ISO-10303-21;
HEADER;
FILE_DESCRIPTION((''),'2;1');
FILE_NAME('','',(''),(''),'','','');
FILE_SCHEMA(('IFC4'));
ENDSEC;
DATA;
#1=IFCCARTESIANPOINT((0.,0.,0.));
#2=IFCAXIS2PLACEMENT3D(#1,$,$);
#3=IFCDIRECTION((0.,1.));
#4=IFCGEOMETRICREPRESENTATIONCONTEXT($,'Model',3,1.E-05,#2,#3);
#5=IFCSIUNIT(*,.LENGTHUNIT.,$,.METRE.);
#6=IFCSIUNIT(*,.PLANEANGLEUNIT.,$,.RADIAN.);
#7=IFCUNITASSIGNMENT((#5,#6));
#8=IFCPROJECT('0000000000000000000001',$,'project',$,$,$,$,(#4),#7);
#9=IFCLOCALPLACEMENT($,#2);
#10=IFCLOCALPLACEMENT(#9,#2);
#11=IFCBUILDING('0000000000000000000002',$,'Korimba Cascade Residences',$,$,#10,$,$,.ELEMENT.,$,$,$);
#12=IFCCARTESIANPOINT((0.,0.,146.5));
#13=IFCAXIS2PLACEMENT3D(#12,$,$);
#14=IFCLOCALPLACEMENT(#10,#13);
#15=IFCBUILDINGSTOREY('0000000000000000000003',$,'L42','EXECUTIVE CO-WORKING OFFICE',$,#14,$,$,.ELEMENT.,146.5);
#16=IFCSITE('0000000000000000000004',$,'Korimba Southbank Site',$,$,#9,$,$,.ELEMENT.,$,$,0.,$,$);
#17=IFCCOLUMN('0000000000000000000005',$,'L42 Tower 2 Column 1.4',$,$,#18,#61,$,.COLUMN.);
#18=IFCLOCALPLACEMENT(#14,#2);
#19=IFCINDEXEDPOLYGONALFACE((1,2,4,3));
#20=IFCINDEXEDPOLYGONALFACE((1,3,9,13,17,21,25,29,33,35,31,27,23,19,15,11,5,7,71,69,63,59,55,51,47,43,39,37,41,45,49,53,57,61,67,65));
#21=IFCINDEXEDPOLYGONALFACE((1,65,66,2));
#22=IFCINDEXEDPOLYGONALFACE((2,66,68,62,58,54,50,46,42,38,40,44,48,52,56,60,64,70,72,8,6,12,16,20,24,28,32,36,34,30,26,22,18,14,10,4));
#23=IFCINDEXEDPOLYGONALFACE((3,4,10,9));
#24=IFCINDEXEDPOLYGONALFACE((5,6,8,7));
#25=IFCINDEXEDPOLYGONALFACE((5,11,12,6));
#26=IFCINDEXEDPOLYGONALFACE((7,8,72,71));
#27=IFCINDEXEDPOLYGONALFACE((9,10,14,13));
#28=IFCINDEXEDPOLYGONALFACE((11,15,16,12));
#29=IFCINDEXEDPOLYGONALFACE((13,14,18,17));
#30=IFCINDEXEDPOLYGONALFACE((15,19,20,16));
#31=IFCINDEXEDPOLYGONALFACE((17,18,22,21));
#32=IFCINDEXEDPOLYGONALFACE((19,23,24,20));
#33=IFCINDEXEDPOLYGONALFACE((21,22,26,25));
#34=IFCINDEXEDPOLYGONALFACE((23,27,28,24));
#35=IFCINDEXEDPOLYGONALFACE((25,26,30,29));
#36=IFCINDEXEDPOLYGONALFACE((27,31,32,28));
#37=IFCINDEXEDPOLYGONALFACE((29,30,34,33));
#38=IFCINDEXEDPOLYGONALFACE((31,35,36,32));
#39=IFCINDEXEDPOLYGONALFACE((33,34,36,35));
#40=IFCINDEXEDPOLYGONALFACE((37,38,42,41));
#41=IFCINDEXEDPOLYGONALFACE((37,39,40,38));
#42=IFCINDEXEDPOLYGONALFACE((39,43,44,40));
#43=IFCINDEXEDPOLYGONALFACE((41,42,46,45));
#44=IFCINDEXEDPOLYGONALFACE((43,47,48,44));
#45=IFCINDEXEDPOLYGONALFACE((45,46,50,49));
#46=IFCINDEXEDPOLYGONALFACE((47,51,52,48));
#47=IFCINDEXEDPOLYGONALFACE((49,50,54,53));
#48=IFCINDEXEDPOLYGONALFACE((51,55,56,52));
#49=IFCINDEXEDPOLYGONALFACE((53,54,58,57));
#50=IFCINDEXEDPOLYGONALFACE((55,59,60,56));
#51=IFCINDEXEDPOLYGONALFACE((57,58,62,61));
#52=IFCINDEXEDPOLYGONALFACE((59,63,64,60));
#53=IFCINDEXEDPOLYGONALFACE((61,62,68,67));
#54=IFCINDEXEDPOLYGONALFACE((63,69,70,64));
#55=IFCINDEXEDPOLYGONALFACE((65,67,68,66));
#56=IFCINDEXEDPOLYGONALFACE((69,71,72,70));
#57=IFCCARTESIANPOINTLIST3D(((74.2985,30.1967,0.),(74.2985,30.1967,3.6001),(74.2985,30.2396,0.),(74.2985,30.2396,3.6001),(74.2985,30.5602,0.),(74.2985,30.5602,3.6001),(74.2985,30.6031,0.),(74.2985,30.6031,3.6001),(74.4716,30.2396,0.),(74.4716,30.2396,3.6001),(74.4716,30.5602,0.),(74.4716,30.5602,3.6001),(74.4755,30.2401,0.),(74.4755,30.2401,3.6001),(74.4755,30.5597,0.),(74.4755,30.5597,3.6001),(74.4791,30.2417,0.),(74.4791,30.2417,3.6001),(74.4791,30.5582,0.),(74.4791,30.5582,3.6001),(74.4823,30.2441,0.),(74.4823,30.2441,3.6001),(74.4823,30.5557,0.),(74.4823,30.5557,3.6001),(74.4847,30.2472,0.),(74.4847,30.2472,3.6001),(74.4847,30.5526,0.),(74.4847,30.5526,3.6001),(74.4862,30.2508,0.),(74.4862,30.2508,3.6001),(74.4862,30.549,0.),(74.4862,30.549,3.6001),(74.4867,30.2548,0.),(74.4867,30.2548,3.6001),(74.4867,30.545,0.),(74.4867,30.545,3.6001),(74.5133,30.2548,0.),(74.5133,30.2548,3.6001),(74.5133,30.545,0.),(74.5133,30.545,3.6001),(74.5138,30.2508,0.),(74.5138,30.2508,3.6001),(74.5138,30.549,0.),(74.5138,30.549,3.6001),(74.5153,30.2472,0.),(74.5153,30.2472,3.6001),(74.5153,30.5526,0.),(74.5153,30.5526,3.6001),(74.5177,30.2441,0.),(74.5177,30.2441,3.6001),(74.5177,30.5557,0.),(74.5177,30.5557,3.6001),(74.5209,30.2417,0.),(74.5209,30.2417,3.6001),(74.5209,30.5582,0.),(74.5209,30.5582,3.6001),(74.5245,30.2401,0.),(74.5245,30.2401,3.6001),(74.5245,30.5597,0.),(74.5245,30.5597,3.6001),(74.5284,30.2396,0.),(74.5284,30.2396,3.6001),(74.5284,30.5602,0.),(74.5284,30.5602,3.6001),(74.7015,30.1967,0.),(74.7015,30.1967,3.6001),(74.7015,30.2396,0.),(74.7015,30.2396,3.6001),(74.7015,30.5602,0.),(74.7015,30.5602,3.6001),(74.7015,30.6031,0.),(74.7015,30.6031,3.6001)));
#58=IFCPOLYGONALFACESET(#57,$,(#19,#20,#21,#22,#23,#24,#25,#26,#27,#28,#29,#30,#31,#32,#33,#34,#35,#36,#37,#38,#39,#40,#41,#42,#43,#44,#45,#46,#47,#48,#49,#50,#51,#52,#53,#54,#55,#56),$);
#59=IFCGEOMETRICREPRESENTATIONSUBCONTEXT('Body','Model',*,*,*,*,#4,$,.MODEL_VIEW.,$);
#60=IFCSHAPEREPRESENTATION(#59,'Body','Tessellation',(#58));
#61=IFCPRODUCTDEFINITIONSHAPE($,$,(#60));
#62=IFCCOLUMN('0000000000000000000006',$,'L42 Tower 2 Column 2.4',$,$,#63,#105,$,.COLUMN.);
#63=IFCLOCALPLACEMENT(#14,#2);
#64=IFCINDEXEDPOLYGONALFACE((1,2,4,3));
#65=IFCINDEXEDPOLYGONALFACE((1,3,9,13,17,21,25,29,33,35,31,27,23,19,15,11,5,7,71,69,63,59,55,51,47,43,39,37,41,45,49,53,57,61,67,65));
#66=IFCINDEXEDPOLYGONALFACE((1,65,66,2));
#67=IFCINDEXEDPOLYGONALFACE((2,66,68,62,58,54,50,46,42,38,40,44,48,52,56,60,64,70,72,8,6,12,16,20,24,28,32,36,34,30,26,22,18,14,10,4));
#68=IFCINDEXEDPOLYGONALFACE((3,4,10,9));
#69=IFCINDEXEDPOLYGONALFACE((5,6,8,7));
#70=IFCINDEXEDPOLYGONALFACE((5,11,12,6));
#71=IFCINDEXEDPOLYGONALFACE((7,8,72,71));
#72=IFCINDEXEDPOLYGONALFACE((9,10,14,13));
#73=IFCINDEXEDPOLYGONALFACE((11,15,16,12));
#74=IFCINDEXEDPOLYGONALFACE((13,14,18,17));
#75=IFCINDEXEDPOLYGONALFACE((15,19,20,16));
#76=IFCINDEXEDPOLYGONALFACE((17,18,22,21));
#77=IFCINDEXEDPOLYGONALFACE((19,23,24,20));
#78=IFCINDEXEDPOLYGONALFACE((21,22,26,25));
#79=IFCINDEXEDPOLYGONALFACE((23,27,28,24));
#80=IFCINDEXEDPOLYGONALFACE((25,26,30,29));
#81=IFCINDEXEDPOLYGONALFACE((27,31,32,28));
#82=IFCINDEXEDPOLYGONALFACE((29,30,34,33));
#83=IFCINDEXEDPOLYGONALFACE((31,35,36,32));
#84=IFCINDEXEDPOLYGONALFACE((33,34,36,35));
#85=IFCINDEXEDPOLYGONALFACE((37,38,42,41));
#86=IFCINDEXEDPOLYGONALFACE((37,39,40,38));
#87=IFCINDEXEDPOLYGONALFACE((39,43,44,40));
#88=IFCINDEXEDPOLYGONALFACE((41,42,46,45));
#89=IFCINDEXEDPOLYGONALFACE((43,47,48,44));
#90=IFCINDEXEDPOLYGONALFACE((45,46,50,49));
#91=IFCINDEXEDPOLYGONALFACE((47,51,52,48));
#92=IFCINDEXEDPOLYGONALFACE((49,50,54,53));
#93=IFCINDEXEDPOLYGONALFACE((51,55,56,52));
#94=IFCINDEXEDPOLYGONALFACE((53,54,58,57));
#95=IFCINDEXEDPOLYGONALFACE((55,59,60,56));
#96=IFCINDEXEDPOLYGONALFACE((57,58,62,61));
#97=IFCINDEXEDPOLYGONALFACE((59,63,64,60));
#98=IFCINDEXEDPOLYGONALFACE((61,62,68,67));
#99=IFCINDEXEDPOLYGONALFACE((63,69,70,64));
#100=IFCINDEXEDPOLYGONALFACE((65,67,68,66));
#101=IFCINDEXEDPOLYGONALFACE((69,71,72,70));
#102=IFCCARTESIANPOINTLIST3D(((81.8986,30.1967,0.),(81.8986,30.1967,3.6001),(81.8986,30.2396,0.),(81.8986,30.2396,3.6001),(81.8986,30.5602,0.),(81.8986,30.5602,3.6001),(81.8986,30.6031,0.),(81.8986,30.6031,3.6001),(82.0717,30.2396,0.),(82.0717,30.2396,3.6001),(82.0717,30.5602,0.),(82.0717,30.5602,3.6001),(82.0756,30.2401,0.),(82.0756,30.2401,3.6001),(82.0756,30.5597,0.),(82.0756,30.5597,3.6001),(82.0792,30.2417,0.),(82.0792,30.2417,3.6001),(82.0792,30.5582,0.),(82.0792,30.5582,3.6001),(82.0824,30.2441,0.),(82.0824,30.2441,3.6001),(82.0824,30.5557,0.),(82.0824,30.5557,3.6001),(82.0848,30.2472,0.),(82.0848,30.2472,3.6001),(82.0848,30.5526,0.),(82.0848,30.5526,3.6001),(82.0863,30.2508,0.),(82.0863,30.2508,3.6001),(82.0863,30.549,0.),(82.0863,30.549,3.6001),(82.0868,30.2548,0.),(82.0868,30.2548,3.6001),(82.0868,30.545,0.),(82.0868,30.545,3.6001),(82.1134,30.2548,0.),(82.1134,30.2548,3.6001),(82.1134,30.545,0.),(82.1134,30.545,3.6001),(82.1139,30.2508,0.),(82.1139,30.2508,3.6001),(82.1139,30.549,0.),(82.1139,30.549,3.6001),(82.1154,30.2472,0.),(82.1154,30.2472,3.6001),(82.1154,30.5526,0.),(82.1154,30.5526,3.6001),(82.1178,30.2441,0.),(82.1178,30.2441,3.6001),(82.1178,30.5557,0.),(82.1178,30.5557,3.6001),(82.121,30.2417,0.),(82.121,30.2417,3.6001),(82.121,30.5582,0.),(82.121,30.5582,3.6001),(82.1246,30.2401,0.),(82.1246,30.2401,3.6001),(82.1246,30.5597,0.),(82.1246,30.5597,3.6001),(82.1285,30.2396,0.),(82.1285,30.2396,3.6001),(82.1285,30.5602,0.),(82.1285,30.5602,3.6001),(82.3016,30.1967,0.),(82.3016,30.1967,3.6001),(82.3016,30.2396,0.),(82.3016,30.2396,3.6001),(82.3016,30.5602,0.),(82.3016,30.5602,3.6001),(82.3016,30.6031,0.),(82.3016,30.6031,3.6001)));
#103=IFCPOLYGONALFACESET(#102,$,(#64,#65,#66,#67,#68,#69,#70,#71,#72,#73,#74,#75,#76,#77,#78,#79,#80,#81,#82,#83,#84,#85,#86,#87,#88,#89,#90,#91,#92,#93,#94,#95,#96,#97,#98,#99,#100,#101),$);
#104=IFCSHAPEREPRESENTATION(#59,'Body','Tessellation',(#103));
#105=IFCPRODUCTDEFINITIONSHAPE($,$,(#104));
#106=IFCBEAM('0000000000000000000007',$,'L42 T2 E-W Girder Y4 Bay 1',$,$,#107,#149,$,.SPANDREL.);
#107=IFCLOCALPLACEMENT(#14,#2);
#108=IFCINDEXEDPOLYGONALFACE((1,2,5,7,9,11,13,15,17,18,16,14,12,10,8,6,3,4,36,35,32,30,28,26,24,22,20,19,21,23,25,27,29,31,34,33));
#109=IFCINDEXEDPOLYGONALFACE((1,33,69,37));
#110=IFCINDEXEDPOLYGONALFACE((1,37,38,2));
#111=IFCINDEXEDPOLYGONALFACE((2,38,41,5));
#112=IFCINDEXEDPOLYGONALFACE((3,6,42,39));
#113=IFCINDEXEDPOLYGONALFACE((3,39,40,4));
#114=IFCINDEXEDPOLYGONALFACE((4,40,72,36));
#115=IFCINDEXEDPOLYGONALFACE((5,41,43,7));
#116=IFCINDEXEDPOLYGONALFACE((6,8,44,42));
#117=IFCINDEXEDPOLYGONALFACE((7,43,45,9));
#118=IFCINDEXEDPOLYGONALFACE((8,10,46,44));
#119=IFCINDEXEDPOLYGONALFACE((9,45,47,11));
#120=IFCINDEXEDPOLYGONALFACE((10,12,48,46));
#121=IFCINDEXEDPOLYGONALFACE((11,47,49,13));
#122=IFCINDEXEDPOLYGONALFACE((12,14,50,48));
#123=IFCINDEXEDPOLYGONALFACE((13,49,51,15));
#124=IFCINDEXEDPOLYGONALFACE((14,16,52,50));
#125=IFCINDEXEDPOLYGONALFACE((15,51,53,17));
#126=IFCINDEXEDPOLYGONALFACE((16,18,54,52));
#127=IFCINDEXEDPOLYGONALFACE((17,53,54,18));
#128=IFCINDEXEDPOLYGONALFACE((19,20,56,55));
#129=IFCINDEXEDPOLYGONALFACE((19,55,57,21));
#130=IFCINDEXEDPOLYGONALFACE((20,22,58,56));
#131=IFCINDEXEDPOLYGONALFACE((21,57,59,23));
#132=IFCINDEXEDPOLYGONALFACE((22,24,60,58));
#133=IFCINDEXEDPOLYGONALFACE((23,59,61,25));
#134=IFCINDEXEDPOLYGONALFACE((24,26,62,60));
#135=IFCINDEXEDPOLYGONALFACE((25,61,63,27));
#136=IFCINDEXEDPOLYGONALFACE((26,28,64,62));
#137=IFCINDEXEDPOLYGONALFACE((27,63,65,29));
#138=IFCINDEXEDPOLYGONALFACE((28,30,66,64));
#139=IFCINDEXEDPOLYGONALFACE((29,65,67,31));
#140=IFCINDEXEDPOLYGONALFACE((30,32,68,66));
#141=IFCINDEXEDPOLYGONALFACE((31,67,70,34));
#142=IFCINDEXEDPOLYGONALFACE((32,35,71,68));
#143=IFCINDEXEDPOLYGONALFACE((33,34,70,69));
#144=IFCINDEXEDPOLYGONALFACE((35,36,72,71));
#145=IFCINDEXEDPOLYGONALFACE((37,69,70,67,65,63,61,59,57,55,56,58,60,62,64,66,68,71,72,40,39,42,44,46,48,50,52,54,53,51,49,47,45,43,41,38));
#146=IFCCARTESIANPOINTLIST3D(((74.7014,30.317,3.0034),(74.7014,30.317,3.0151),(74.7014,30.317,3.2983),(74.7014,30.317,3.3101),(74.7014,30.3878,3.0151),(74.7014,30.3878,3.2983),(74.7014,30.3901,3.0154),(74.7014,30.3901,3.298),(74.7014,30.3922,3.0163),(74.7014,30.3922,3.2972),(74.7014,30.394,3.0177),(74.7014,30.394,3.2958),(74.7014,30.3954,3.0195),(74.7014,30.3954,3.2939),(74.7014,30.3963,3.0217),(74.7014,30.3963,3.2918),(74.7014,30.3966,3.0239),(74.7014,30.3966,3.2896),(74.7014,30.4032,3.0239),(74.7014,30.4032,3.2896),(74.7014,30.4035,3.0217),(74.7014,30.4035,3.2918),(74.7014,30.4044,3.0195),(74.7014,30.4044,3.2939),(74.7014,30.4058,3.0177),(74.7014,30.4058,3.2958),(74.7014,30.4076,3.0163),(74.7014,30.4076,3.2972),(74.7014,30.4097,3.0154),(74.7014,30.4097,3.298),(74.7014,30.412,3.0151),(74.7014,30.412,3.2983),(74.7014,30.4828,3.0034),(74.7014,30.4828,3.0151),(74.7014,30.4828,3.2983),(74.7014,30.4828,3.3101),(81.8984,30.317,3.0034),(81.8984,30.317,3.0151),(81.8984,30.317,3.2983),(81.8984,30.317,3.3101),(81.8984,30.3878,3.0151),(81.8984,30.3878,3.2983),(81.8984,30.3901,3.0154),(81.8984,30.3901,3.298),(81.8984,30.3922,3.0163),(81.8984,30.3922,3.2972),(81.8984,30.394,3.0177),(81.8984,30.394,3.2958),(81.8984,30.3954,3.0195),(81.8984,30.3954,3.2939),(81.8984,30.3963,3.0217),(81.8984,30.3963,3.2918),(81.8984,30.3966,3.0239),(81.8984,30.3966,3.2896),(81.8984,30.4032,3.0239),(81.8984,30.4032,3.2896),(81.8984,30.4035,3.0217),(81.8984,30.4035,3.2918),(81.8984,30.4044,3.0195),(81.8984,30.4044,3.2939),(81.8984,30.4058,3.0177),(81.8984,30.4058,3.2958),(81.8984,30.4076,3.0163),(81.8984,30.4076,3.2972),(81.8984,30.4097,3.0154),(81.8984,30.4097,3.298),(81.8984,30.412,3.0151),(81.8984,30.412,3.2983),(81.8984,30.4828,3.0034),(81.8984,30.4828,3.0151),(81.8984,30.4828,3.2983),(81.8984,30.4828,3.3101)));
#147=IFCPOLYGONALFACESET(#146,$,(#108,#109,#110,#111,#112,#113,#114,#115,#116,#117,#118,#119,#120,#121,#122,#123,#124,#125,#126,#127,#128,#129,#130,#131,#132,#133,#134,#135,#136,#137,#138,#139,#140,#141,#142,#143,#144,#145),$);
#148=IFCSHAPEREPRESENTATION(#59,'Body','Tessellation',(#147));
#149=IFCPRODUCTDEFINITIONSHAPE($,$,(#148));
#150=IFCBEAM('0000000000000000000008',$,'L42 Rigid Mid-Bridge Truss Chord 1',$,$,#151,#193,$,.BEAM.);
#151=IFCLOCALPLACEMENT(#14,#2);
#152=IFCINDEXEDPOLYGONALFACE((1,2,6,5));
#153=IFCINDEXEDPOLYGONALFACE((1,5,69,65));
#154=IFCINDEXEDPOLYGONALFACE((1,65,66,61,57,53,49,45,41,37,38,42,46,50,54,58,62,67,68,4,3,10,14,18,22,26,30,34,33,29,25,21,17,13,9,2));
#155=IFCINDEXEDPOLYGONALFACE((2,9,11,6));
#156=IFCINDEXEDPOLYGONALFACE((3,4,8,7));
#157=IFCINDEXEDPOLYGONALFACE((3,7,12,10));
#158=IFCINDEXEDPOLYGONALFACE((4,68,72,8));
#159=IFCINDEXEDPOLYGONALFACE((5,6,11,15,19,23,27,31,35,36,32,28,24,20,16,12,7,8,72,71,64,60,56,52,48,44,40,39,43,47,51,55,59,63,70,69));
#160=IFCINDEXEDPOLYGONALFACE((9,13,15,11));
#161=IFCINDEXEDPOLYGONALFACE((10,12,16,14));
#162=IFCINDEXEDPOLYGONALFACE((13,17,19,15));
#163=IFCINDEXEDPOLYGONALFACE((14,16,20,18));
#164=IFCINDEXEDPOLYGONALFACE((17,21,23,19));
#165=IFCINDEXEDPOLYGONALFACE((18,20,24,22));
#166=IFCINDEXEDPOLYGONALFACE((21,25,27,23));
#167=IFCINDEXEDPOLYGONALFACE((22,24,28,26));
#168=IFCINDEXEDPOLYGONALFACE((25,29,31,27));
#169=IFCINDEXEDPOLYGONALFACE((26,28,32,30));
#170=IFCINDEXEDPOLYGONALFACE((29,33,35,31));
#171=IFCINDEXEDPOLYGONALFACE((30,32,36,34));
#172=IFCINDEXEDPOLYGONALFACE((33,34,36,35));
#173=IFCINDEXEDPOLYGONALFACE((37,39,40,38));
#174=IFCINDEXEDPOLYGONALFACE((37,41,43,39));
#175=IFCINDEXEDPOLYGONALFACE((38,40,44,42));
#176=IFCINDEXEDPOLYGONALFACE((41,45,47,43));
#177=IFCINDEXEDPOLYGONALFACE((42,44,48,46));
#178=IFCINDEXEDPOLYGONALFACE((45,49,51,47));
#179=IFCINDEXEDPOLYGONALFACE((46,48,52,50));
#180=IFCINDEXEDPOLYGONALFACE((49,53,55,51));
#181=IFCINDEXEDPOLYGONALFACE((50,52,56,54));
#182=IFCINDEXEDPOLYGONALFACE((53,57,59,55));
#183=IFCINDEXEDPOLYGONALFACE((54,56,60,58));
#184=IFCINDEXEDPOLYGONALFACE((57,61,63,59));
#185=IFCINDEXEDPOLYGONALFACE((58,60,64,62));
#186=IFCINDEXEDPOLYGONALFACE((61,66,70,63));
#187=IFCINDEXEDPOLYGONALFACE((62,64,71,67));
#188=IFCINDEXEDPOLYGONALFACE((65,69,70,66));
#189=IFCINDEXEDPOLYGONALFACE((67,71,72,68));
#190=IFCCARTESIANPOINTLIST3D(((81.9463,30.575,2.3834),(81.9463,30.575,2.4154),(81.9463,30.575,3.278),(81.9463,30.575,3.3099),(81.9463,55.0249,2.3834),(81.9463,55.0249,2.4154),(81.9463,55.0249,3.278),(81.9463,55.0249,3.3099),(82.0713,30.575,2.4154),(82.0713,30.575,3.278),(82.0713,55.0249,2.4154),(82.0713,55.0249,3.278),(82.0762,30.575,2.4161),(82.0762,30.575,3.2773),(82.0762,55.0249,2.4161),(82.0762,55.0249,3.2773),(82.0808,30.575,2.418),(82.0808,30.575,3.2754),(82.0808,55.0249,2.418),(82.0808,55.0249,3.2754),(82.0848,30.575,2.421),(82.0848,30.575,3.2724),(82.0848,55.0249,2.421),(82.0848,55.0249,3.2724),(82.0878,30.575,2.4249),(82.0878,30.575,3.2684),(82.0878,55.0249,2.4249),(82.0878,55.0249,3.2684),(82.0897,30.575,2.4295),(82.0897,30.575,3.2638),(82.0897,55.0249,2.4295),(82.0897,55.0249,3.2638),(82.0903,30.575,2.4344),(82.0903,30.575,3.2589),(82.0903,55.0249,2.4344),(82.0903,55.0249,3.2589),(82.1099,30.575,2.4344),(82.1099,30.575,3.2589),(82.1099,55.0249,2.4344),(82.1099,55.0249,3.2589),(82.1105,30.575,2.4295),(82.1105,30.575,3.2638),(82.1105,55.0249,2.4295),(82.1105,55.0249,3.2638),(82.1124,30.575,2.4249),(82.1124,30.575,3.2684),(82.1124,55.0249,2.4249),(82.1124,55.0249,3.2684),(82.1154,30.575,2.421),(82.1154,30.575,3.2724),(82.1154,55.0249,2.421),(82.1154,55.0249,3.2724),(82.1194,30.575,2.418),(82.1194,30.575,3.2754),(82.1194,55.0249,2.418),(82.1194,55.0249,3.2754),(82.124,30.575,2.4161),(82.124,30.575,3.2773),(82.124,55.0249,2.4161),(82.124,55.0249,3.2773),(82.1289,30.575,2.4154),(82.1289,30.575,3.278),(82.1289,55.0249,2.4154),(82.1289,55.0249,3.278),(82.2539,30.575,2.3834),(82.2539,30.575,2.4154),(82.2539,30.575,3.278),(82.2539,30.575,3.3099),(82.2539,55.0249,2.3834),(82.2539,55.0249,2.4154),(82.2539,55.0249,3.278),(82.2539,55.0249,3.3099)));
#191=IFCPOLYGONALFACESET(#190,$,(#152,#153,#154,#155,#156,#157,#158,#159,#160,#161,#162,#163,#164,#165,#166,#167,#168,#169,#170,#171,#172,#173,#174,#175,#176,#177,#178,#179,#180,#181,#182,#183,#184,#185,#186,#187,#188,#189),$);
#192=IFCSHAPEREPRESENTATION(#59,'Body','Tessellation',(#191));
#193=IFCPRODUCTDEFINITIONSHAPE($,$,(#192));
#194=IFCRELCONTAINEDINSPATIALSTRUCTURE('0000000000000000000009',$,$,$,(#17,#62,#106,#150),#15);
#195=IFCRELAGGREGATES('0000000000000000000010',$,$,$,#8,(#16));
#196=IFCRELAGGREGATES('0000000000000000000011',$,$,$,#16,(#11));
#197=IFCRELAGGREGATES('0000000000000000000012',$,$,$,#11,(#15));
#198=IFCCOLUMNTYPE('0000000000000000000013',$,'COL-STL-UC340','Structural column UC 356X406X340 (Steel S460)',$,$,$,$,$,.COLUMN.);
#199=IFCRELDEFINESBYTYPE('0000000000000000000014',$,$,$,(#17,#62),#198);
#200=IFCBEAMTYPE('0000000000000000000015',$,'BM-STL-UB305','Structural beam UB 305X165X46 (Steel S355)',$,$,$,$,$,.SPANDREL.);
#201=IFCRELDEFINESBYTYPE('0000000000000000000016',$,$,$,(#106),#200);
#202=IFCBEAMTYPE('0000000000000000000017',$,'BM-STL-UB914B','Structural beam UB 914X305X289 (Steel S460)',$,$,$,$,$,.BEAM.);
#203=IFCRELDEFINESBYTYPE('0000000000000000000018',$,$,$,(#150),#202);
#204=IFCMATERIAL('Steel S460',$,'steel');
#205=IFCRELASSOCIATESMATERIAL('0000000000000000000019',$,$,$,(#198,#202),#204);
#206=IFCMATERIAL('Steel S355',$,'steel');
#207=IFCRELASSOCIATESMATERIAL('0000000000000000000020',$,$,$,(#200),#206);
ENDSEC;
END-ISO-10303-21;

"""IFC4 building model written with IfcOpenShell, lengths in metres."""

from ifc_helpers import new_model, si_unit, direction, frame, origin, origin_2d, place, context, subcontext, project, spatial, i_section, extrude, material, material_profile, profile_set, type_object, element, save


model = new_model("IFC4")

# Units and contexts
model_context = context("Model", 3, precision=1e-05, world=origin(), true_north=direction((0.0, 1.0)))
body_context = subcontext(model_context, "Body", "Model", "MODEL_VIEW")
ifc_project = project(units=[si_unit("LENGTHUNIT", "METRE"), si_unit("PLANEANGLEUNIT", "RADIAN")], contexts=[model_context])

# Site, building, storey
site_placement = place(None, origin())
site = spatial("IfcSite", under=ifc_project, at=site_placement, Name="Korimba Southbank Site", CompositionType="ELEMENT", RefElevation=0.0)
building_placement = place(site_placement, origin())
building = spatial("IfcBuilding", under=site, at=building_placement, Name="Korimba Cascade Residences", CompositionType="ELEMENT")
storey_placement = place(building_placement, frame((0.0, 0.0, 146.5)))
storey = spatial("IfcBuildingStorey", under=building, at=storey_placement, Name="L42", Description="EXECUTIVE CO-WORKING OFFICE", CompositionType="ELEMENT", Elevation=146.5)

# Columns
ifc_material_1 = material(Name="Steel S460", Category="steel")
ifc_material_profile_1 = material_profile(ifc_material_1, i_section(OverallWidth=0.4031, OverallDepth=0.4065, WebThickness=0.0266, FlangeThickness=0.043, FilletRadius=0.0151, at=origin_2d()), Name="Steel S460")
ifc_profile_set_1 = profile_set([ifc_material_profile_1], Name="Steel S460")
column_type = type_object("IfcColumnType", Name="COL-STL-UC340", Description="Structural column UC 356X406X340 (Steel S460)", PredefinedType="COLUMN", material=ifc_profile_set_1)
for number, where, z_axis, x_axis, name in (
    (1, (74.5, 30.3999, 0.0), (0.0, 0.0, 1.0), (1.0, 0.0, 0.0), "L42 Tower 2 Column 1.4"),
    (2, (82.1001, 30.3999, 0.0), (0.0, 0.0, 1.0), (1.0, 0.0, 0.0), "L42 Tower 2 Column 2.4"),
):
    element("IfcColumn", number, at=place(storey_placement, frame(where, z_axis=z_axis, x_axis=x_axis)), inside=storey, type_object=column_type, Name=name, PredefinedType="COLUMN", context=body_context, shape_type="SweptSolid", body=[
        extrude(i_section(OverallWidth=0.4031, OverallDepth=0.4065, WebThickness=0.0266, FlangeThickness=0.043, FilletRadius=0.0151, at=origin_2d()), origin(), (0.0, 0.0, 1.0), 3.6001),
    ])

# Beams
ifc_material_2 = material(Name="Steel S355", Category="steel")
ifc_material_profile_2 = material_profile(ifc_material_2, i_section(OverallWidth=0.1658, OverallDepth=0.3066, WebThickness=0.0066, FlangeThickness=0.0117, FilletRadius=0.0088, at=origin_2d()), Name="Steel S355")
ifc_profile_set_2 = profile_set([ifc_material_profile_2], Name="Steel S355")
beam_type_1 = type_object("IfcBeamType", Name="BM-STL-UB305", Description="Structural beam UB 305X165X46 (Steel S355)", PredefinedType="SPANDREL", material=ifc_profile_set_2)
beam_1_placement = place(storey_placement, frame((74.7014, 30.3999, 3.1567), z_axis=(1.0, 0.0, 0.0), x_axis=(0.0, 1.0, 0.0)))
element("IfcBeam", 3, at=beam_1_placement, inside=storey, type_object=beam_type_1, Name="L42 T2 E-W Girder Y4 Bay 1", PredefinedType="SPANDREL", context=body_context, shape_type="SweptSolid", body=[
    extrude(i_section(OverallWidth=0.1658, OverallDepth=0.3066, WebThickness=0.0066, FlangeThickness=0.0117, FilletRadius=0.0088, at=origin_2d()), origin(), (0.0, 0.0, 1.0), 7.197),
])
ifc_material_profile_3 = material_profile(ifc_material_1, i_section(OverallWidth=0.3076, OverallDepth=0.9265, WebThickness=0.0195, FlangeThickness=0.032, FilletRadius=0.019, at=origin_2d()), Name="Steel S460")
ifc_profile_set_3 = profile_set([ifc_material_profile_3], Name="Steel S460")
beam_type_2 = type_object("IfcBeamType", Name="BM-STL-UB914B", Description="Structural beam UB 914X305X289 (Steel S460)", PredefinedType="BEAM", material=ifc_profile_set_3)
beam_2_placement = place(storey_placement, frame((82.1001, 30.575, 2.8467), z_axis=(0.0, 1.0, 0.0), x_axis=(-1.0, 0.0, 0.0)))
element("IfcBeam", 4, at=beam_2_placement, inside=storey, type_object=beam_type_2, Name="L42 Rigid Mid-Bridge Truss Chord 1", PredefinedType="BEAM", context=body_context, shape_type="SweptSolid", body=[
    extrude(i_section(OverallWidth=0.3076, OverallDepth=0.9265, WebThickness=0.0195, FlangeThickness=0.032, FilletRadius=0.019, at=origin_2d()), origin(), (0.0, 0.0, 1.0), 24.45),
])

save(model, "model.ifc")
